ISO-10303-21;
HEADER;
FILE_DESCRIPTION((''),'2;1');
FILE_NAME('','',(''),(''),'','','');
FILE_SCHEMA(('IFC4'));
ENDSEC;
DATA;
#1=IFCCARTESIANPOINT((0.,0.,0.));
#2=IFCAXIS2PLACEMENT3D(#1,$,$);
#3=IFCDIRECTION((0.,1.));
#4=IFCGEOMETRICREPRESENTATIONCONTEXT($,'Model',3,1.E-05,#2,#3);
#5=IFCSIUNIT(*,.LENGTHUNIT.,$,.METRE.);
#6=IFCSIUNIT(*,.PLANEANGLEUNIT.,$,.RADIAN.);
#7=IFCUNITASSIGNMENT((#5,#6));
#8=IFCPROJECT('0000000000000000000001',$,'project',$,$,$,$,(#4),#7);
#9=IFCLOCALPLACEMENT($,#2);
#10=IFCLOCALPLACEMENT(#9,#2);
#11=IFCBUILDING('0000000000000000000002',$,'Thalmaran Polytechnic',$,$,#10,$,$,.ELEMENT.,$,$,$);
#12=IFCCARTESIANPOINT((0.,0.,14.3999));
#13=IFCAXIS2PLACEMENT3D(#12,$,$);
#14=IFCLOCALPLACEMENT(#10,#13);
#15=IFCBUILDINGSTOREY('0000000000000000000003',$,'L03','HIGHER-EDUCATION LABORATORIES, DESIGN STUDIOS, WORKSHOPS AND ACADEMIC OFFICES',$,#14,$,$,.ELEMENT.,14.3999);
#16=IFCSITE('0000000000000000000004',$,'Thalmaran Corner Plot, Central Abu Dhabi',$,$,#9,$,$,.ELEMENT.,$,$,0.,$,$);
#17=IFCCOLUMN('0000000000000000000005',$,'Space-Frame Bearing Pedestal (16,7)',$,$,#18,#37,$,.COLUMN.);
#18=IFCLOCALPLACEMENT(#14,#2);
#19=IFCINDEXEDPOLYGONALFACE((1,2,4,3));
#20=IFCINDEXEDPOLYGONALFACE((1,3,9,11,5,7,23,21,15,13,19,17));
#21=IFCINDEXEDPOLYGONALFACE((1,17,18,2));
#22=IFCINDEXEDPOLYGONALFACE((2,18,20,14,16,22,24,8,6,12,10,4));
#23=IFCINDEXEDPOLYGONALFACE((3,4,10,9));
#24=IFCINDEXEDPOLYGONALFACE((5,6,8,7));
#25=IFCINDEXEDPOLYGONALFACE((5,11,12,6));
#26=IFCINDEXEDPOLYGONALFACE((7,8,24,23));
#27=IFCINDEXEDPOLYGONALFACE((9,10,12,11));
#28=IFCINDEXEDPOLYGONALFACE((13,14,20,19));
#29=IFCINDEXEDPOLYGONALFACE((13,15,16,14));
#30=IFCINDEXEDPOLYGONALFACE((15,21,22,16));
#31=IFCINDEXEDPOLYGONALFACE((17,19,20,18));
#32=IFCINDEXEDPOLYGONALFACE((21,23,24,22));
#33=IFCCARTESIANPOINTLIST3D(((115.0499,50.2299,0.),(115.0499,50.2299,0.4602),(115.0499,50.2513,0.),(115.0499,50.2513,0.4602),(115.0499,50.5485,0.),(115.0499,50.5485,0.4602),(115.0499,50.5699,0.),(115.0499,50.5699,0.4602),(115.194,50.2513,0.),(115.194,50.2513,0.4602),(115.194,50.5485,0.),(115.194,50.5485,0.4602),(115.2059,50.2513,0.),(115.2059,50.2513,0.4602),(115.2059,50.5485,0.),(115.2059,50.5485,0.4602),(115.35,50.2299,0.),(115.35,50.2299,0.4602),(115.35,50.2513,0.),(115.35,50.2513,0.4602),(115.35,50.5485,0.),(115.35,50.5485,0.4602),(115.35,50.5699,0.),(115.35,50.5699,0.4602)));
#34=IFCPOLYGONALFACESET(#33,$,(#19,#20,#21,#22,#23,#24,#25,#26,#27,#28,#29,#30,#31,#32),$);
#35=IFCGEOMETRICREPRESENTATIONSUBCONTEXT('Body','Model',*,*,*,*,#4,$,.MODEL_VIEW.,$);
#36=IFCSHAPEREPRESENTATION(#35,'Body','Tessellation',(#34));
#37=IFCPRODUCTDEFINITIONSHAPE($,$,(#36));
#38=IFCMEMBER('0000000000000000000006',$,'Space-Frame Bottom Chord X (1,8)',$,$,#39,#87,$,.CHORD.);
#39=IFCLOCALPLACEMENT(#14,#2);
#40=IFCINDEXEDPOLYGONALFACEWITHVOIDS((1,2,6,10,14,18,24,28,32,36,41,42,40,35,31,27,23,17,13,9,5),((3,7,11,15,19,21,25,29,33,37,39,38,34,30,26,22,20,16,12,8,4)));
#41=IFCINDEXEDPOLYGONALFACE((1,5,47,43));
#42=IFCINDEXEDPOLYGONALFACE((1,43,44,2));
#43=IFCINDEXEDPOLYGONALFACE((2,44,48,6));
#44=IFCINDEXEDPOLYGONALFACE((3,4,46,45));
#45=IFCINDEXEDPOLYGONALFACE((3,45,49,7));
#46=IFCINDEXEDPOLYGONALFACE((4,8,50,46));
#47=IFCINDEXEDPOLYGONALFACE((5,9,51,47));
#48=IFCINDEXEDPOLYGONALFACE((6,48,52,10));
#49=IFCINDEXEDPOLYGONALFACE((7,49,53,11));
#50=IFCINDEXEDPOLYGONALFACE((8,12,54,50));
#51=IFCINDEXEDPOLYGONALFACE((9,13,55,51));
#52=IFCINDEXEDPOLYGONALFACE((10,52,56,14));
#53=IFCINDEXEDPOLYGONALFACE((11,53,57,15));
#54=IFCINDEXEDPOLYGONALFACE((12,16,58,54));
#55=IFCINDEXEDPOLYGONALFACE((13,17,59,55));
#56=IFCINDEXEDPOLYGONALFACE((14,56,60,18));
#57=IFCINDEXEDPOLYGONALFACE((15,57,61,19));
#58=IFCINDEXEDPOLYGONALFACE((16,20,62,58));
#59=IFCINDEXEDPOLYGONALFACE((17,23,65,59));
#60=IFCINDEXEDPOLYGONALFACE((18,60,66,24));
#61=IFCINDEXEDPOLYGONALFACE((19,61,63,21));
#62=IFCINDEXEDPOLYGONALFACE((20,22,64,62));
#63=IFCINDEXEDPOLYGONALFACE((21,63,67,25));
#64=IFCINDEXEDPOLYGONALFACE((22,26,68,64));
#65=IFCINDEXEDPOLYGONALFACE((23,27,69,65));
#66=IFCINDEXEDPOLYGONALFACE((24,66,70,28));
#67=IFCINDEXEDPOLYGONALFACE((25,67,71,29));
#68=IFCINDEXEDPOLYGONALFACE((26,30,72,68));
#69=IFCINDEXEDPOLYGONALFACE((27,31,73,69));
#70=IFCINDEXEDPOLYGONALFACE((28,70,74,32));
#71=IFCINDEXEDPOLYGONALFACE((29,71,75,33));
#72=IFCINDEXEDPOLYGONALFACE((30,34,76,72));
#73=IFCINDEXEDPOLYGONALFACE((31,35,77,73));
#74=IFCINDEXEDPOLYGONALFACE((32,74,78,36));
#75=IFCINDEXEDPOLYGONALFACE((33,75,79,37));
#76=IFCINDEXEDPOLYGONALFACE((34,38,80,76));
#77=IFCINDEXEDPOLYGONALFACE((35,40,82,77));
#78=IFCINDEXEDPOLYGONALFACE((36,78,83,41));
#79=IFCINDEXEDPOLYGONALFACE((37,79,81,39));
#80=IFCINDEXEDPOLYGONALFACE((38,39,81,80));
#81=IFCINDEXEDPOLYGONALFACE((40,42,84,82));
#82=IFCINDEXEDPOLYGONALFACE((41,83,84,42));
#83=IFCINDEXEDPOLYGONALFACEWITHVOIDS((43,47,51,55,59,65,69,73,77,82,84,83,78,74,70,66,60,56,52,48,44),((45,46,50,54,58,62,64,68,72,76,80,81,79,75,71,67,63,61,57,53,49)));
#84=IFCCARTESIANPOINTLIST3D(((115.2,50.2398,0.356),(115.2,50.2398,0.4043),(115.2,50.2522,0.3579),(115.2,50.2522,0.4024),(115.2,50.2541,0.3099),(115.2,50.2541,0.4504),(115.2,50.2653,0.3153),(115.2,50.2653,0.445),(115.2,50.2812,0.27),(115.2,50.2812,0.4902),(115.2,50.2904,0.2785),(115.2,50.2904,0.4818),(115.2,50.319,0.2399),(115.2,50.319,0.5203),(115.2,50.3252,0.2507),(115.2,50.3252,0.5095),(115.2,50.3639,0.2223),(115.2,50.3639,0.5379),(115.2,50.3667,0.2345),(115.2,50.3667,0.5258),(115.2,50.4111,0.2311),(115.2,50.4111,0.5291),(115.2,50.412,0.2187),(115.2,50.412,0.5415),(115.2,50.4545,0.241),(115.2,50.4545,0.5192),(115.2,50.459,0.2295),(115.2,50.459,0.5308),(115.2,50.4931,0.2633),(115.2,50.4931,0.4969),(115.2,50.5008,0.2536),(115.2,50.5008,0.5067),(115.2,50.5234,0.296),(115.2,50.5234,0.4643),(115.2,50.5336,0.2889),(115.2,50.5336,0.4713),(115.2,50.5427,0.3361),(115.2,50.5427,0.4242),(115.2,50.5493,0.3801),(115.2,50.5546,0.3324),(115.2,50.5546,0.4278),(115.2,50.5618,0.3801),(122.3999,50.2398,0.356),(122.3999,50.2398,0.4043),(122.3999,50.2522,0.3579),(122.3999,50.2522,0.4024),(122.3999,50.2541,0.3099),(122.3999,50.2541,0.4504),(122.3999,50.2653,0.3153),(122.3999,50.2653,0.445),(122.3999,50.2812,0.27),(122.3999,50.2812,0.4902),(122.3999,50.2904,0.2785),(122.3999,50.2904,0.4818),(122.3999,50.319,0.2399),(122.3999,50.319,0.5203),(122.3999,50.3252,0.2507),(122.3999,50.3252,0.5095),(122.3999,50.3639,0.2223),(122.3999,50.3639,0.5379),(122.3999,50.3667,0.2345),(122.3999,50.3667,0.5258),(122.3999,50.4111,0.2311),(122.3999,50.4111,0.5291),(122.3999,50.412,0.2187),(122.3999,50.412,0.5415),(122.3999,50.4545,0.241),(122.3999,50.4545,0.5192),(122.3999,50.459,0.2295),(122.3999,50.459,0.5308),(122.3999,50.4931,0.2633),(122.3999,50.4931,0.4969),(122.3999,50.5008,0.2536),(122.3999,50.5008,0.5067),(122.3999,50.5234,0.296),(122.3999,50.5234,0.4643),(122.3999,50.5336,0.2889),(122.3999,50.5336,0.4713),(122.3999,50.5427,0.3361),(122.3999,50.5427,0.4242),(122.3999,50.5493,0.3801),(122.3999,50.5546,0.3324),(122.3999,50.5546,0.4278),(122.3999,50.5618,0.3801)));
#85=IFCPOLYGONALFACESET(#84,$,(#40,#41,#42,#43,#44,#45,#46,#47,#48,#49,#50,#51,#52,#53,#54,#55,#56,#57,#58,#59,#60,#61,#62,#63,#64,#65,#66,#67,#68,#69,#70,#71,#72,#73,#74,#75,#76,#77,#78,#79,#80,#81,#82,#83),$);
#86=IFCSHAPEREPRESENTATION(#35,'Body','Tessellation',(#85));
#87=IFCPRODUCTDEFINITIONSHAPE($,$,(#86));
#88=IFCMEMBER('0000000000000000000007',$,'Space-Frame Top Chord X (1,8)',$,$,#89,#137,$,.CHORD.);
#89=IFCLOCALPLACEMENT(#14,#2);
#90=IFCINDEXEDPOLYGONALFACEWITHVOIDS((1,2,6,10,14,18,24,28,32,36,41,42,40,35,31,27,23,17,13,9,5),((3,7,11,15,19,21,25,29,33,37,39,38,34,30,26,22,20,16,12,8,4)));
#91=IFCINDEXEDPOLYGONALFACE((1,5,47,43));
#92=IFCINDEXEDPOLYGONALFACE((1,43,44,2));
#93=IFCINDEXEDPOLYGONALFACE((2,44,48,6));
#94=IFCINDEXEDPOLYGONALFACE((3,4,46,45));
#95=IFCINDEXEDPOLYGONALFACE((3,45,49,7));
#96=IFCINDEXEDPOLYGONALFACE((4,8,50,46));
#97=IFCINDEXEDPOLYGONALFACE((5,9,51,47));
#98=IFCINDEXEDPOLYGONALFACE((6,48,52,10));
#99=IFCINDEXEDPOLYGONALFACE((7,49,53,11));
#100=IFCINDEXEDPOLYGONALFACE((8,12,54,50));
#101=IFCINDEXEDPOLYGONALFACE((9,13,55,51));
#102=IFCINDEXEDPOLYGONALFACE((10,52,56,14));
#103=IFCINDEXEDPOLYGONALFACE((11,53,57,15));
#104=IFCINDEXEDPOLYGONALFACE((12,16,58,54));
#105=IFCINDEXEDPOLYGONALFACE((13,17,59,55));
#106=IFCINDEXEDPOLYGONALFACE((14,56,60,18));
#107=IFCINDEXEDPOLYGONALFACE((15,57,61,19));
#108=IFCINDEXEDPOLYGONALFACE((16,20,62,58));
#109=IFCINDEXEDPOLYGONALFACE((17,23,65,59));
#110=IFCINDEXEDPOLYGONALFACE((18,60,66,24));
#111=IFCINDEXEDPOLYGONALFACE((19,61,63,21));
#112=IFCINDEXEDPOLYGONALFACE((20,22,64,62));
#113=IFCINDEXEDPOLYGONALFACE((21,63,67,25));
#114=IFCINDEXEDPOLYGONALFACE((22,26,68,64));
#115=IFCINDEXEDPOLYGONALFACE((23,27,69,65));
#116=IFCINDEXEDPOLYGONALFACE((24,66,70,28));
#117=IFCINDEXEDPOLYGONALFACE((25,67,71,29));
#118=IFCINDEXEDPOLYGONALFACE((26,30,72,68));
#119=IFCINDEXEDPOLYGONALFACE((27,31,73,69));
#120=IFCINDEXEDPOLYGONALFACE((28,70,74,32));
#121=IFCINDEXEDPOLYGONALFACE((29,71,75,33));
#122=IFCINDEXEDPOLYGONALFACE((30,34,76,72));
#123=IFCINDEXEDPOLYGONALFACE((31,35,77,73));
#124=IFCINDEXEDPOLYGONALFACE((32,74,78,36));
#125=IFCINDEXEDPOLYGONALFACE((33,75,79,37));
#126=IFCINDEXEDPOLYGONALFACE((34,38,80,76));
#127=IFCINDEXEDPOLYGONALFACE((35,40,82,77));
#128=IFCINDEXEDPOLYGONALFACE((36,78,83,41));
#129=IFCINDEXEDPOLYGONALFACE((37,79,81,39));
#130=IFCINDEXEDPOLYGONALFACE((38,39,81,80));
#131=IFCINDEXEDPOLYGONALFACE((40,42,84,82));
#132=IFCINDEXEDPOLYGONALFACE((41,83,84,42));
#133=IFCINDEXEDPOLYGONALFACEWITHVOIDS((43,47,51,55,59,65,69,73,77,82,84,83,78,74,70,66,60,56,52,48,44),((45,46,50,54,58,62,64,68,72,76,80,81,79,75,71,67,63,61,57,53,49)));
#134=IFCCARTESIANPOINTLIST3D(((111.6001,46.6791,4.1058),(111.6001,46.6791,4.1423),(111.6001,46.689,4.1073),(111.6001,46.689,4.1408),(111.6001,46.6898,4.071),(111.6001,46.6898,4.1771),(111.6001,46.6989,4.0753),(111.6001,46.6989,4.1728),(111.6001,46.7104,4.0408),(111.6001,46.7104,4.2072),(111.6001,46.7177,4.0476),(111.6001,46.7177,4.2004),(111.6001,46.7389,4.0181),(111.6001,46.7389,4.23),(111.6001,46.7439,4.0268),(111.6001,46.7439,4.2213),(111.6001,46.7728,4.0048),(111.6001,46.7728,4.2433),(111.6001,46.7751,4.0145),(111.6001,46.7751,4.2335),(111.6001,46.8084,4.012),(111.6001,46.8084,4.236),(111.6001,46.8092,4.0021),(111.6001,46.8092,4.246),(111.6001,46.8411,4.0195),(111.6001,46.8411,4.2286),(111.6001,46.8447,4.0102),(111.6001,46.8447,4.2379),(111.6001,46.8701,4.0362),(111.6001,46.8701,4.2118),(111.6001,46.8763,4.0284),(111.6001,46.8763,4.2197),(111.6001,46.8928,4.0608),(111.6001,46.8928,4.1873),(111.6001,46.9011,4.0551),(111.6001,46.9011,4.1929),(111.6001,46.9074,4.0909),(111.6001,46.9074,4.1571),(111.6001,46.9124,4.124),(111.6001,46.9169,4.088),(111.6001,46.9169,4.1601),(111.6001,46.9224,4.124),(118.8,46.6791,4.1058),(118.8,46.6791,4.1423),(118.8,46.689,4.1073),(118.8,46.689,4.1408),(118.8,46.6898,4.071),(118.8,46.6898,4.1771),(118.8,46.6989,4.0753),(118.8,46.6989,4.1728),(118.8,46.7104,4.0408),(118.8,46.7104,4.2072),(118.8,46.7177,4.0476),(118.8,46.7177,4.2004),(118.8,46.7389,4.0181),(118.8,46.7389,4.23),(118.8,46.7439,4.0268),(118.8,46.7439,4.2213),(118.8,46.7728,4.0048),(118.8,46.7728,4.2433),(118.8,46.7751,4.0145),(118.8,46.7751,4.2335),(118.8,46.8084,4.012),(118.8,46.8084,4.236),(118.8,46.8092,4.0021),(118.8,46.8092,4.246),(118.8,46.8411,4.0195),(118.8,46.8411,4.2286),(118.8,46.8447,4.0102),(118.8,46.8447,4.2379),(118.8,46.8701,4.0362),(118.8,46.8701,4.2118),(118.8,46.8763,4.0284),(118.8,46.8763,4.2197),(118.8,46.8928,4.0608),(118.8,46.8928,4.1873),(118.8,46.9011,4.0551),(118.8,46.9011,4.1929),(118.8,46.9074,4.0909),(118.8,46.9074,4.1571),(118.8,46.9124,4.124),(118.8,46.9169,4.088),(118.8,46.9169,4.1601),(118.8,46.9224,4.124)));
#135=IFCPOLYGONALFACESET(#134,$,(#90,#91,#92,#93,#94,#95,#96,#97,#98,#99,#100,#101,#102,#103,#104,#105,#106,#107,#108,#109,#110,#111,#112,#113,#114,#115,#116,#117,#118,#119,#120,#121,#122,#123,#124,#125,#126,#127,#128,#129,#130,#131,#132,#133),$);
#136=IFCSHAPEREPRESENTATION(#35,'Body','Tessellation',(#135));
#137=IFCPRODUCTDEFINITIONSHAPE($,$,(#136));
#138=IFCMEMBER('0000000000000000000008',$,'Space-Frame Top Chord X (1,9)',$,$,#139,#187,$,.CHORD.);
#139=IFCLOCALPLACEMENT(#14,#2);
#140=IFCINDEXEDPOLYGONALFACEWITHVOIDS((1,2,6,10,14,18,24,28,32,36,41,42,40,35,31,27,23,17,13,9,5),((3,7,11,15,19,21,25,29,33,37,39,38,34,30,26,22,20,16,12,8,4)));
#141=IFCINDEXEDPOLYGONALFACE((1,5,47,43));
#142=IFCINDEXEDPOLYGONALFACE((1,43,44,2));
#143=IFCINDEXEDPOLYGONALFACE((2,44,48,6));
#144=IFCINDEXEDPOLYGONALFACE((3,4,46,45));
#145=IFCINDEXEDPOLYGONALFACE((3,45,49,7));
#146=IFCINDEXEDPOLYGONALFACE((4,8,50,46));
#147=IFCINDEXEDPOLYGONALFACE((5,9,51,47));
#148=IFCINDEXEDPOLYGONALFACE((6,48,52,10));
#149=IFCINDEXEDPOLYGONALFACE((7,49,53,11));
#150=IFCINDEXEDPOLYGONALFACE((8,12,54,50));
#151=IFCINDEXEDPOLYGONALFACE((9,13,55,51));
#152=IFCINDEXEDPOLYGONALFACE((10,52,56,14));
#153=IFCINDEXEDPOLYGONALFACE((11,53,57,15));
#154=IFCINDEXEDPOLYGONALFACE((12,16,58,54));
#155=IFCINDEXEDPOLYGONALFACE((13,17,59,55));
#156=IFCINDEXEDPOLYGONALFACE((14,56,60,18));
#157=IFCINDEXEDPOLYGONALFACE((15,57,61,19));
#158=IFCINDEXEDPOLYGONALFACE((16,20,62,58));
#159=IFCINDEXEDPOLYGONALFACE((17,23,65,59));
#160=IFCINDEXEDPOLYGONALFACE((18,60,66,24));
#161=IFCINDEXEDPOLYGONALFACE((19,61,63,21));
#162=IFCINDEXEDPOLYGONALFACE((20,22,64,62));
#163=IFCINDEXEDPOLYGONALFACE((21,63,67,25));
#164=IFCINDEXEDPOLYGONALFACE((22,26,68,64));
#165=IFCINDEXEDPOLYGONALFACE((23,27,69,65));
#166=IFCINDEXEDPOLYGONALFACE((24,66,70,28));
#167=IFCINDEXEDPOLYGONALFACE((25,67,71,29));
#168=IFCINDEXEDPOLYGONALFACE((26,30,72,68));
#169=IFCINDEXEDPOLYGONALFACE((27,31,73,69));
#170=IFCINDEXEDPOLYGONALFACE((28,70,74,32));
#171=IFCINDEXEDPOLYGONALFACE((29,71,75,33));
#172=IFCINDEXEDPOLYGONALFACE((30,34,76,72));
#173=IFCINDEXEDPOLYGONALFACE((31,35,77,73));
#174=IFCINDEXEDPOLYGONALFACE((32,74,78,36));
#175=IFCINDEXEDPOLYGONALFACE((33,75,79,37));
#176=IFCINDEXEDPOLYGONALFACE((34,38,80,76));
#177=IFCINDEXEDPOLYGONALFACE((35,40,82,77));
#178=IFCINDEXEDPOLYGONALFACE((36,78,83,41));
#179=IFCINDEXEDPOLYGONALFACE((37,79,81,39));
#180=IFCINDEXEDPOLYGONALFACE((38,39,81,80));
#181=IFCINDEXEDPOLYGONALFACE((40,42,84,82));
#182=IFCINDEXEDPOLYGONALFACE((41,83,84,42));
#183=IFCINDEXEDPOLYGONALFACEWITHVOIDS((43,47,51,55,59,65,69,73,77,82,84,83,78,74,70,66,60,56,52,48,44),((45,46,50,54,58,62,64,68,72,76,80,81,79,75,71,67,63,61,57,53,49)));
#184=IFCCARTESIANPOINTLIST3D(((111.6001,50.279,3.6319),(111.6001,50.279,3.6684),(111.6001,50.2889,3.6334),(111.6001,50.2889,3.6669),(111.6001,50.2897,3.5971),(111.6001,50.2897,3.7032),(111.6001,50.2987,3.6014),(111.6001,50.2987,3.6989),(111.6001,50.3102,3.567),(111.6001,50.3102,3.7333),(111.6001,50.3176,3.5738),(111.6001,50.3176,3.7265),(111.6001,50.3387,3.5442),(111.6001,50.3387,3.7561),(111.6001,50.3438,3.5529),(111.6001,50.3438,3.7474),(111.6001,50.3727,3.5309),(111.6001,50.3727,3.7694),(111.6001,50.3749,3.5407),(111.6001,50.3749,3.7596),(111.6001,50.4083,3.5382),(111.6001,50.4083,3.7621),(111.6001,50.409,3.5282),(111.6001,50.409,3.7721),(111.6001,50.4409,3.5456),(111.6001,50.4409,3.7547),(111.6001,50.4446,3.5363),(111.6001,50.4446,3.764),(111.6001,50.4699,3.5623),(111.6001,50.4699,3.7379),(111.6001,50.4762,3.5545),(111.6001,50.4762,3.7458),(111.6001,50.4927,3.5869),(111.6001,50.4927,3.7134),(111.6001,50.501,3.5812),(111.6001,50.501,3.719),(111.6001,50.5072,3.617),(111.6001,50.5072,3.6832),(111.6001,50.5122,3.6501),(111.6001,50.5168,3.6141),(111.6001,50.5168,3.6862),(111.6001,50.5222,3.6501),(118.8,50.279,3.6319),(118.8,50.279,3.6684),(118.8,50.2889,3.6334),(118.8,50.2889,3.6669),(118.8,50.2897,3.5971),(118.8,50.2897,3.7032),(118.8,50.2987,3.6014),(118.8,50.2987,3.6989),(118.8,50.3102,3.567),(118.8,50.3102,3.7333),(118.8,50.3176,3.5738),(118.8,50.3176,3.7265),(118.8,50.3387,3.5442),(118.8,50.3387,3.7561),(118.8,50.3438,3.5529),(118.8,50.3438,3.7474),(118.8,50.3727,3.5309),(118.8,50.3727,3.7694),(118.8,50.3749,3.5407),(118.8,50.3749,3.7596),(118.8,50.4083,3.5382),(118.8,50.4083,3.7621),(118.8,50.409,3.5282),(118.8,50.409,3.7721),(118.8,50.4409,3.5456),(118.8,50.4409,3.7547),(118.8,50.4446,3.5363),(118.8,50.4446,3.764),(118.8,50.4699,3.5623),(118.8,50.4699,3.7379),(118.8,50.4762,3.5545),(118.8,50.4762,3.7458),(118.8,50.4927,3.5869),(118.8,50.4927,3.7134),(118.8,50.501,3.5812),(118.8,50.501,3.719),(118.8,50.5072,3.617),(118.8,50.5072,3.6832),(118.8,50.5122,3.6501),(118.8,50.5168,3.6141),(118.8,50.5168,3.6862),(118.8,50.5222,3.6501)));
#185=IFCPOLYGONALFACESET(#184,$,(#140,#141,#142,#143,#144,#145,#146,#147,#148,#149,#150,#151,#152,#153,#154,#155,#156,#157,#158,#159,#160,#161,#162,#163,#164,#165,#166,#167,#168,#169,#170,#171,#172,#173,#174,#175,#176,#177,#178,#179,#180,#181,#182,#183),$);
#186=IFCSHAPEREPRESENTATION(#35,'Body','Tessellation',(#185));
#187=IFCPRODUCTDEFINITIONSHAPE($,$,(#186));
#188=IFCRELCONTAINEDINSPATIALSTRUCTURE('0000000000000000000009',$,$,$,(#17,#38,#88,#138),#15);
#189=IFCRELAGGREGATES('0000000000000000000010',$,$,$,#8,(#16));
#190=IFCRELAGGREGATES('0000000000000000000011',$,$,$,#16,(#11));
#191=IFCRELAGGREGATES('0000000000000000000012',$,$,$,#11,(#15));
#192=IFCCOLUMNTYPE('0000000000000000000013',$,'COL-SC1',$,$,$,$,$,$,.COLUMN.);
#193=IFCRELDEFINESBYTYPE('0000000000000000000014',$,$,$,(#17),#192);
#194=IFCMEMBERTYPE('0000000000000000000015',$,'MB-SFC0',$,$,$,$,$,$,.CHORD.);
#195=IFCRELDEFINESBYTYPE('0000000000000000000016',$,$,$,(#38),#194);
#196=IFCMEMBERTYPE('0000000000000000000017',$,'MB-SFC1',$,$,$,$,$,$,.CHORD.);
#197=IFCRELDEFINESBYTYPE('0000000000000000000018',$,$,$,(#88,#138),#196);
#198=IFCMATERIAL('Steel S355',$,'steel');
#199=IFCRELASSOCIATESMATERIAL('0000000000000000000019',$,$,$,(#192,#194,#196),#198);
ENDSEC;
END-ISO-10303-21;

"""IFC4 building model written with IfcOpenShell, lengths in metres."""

from ifc_helpers import new_model, si_unit, direction, frame, origin, origin_2d, place, context, subcontext, project, spatial, hollow_circle, i_section, extrude, material, material_profile, profile_set, type_object, element, save


model = new_model("IFC4")

# Units and contexts
model_context = context("Model", 3, precision=1e-05, world=origin(), true_north=direction((0.0, 1.0)))
body_context = subcontext(model_context, "Body", "Model", "MODEL_VIEW")
ifc_project = project(units=[si_unit("LENGTHUNIT", "METRE"), si_unit("PLANEANGLEUNIT", "RADIAN")], contexts=[model_context])

# Site, building, storey
site_placement = place(None, origin())
site = spatial("IfcSite", under=ifc_project, at=site_placement, Name="Thalmaran Corner Plot, Central Abu Dhabi", CompositionType="ELEMENT", RefElevation=0.0)
building_placement = place(site_placement, origin())
building = spatial("IfcBuilding", under=site, at=building_placement, Name="Thalmaran Polytechnic", CompositionType="ELEMENT")
storey_placement = place(building_placement, frame((0.0, 0.0, 14.3999)))
storey = spatial("IfcBuildingStorey", under=building, at=storey_placement, Name="L03", Description="HIGHER-EDUCATION LABORATORIES, DESIGN STUDIOS, WORKSHOPS AND ACADEMIC OFFICES", CompositionType="ELEMENT", Elevation=14.3999)

# Column
ifc_material_1 = material(Name="Steel S355", Category="steel")
ifc_material_profile_1 = material_profile(ifc_material_1, i_section(OverallWidth=0.3, OverallDepth=0.3401, WebThickness=0.012, FlangeThickness=0.0215, at=origin_2d()), Name="HEB 340")
ifc_profile_set_1 = profile_set([ifc_material_profile_1], Name="Steel S355")
column_type = type_object("IfcColumnType", Name="COL-SC1", PredefinedType="COLUMN", material=ifc_profile_set_1)
column_placement = place(storey_placement, frame((115.2, 50.3999, 0.0), z_axis=(0.0, 0.0, 1.0), x_axis=(1.0, 0.0, 0.0)))
element("IfcColumn", 1, at=column_placement, inside=storey, type_object=column_type, Name="Space-Frame Bearing Pedestal (16,7)", PredefinedType="COLUMN", context=body_context, shape_type="SweptSolid", body=[
    extrude(i_section(OverallWidth=0.3, OverallDepth=0.3401, WebThickness=0.012, FlangeThickness=0.0215, at=origin_2d()), origin(), (0.0, 0.0, 1.0), 0.4602),
])

# Members
ifc_material_profile_2 = material_profile(ifc_material_1, hollow_circle(Radius=0.1619, WallThickness=0.0125, at=origin_2d()), Name="CHS 323.9x12.5")
ifc_profile_set_2 = profile_set([ifc_material_profile_2], Name="Steel S355")
member_type_1 = type_object("IfcMemberType", Name="MB-SFC0", PredefinedType="CHORD", material=ifc_profile_set_2)
member_1_placement = place(storey_placement, frame((115.2, 50.3999, 0.3801), z_axis=(1.0, 0.0, 0.0), x_axis=(0.0, 1.0, 0.0)))
element("IfcMember", 2, at=member_1_placement, inside=storey, type_object=member_type_1, Name="Space-Frame Bottom Chord X (1,8)", PredefinedType="CHORD", context=body_context, shape_type="SweptSolid", body=[
    extrude(hollow_circle(Radius=0.1619, WallThickness=0.0125, at=origin_2d()), origin(), (0.0, 0.0, 1.0), 7.2),
])
ifc_material_profile_3 = material_profile(ifc_material_1, hollow_circle(Radius=0.1223, WallThickness=0.01, at=origin_2d()), Name="CHS 244.5x10.0")
ifc_profile_set_3 = profile_set([ifc_material_profile_3], Name="Steel S355")
member_type_2 = type_object("IfcMemberType", Name="MB-SFC1", PredefinedType="CHORD", material=ifc_profile_set_3)
for number, where, z_axis, x_axis, name in (
    (3, (111.6001, 46.8, 4.124), (1.0, 0.0, 0.0), (0.0, 1.0, 0.0), "Space-Frame Top Chord X (1,8)"),
    (4, (111.6001, 50.3999, 3.6501), (1.0, 0.0, 0.0), (0.0, 1.0, 0.0), "Space-Frame Top Chord X (1,9)"),
):
    element("IfcMember", number, at=place(storey_placement, frame(where, z_axis=z_axis, x_axis=x_axis)), inside=storey, type_object=member_type_2, Name=name, PredefinedType="CHORD", context=body_context, shape_type="SweptSolid", body=[
        extrude(hollow_circle(Radius=0.1223, WallThickness=0.01, at=origin_2d()), origin(), (0.0, 0.0, 1.0), 7.2),
    ])

save(model, "model.ifc")
